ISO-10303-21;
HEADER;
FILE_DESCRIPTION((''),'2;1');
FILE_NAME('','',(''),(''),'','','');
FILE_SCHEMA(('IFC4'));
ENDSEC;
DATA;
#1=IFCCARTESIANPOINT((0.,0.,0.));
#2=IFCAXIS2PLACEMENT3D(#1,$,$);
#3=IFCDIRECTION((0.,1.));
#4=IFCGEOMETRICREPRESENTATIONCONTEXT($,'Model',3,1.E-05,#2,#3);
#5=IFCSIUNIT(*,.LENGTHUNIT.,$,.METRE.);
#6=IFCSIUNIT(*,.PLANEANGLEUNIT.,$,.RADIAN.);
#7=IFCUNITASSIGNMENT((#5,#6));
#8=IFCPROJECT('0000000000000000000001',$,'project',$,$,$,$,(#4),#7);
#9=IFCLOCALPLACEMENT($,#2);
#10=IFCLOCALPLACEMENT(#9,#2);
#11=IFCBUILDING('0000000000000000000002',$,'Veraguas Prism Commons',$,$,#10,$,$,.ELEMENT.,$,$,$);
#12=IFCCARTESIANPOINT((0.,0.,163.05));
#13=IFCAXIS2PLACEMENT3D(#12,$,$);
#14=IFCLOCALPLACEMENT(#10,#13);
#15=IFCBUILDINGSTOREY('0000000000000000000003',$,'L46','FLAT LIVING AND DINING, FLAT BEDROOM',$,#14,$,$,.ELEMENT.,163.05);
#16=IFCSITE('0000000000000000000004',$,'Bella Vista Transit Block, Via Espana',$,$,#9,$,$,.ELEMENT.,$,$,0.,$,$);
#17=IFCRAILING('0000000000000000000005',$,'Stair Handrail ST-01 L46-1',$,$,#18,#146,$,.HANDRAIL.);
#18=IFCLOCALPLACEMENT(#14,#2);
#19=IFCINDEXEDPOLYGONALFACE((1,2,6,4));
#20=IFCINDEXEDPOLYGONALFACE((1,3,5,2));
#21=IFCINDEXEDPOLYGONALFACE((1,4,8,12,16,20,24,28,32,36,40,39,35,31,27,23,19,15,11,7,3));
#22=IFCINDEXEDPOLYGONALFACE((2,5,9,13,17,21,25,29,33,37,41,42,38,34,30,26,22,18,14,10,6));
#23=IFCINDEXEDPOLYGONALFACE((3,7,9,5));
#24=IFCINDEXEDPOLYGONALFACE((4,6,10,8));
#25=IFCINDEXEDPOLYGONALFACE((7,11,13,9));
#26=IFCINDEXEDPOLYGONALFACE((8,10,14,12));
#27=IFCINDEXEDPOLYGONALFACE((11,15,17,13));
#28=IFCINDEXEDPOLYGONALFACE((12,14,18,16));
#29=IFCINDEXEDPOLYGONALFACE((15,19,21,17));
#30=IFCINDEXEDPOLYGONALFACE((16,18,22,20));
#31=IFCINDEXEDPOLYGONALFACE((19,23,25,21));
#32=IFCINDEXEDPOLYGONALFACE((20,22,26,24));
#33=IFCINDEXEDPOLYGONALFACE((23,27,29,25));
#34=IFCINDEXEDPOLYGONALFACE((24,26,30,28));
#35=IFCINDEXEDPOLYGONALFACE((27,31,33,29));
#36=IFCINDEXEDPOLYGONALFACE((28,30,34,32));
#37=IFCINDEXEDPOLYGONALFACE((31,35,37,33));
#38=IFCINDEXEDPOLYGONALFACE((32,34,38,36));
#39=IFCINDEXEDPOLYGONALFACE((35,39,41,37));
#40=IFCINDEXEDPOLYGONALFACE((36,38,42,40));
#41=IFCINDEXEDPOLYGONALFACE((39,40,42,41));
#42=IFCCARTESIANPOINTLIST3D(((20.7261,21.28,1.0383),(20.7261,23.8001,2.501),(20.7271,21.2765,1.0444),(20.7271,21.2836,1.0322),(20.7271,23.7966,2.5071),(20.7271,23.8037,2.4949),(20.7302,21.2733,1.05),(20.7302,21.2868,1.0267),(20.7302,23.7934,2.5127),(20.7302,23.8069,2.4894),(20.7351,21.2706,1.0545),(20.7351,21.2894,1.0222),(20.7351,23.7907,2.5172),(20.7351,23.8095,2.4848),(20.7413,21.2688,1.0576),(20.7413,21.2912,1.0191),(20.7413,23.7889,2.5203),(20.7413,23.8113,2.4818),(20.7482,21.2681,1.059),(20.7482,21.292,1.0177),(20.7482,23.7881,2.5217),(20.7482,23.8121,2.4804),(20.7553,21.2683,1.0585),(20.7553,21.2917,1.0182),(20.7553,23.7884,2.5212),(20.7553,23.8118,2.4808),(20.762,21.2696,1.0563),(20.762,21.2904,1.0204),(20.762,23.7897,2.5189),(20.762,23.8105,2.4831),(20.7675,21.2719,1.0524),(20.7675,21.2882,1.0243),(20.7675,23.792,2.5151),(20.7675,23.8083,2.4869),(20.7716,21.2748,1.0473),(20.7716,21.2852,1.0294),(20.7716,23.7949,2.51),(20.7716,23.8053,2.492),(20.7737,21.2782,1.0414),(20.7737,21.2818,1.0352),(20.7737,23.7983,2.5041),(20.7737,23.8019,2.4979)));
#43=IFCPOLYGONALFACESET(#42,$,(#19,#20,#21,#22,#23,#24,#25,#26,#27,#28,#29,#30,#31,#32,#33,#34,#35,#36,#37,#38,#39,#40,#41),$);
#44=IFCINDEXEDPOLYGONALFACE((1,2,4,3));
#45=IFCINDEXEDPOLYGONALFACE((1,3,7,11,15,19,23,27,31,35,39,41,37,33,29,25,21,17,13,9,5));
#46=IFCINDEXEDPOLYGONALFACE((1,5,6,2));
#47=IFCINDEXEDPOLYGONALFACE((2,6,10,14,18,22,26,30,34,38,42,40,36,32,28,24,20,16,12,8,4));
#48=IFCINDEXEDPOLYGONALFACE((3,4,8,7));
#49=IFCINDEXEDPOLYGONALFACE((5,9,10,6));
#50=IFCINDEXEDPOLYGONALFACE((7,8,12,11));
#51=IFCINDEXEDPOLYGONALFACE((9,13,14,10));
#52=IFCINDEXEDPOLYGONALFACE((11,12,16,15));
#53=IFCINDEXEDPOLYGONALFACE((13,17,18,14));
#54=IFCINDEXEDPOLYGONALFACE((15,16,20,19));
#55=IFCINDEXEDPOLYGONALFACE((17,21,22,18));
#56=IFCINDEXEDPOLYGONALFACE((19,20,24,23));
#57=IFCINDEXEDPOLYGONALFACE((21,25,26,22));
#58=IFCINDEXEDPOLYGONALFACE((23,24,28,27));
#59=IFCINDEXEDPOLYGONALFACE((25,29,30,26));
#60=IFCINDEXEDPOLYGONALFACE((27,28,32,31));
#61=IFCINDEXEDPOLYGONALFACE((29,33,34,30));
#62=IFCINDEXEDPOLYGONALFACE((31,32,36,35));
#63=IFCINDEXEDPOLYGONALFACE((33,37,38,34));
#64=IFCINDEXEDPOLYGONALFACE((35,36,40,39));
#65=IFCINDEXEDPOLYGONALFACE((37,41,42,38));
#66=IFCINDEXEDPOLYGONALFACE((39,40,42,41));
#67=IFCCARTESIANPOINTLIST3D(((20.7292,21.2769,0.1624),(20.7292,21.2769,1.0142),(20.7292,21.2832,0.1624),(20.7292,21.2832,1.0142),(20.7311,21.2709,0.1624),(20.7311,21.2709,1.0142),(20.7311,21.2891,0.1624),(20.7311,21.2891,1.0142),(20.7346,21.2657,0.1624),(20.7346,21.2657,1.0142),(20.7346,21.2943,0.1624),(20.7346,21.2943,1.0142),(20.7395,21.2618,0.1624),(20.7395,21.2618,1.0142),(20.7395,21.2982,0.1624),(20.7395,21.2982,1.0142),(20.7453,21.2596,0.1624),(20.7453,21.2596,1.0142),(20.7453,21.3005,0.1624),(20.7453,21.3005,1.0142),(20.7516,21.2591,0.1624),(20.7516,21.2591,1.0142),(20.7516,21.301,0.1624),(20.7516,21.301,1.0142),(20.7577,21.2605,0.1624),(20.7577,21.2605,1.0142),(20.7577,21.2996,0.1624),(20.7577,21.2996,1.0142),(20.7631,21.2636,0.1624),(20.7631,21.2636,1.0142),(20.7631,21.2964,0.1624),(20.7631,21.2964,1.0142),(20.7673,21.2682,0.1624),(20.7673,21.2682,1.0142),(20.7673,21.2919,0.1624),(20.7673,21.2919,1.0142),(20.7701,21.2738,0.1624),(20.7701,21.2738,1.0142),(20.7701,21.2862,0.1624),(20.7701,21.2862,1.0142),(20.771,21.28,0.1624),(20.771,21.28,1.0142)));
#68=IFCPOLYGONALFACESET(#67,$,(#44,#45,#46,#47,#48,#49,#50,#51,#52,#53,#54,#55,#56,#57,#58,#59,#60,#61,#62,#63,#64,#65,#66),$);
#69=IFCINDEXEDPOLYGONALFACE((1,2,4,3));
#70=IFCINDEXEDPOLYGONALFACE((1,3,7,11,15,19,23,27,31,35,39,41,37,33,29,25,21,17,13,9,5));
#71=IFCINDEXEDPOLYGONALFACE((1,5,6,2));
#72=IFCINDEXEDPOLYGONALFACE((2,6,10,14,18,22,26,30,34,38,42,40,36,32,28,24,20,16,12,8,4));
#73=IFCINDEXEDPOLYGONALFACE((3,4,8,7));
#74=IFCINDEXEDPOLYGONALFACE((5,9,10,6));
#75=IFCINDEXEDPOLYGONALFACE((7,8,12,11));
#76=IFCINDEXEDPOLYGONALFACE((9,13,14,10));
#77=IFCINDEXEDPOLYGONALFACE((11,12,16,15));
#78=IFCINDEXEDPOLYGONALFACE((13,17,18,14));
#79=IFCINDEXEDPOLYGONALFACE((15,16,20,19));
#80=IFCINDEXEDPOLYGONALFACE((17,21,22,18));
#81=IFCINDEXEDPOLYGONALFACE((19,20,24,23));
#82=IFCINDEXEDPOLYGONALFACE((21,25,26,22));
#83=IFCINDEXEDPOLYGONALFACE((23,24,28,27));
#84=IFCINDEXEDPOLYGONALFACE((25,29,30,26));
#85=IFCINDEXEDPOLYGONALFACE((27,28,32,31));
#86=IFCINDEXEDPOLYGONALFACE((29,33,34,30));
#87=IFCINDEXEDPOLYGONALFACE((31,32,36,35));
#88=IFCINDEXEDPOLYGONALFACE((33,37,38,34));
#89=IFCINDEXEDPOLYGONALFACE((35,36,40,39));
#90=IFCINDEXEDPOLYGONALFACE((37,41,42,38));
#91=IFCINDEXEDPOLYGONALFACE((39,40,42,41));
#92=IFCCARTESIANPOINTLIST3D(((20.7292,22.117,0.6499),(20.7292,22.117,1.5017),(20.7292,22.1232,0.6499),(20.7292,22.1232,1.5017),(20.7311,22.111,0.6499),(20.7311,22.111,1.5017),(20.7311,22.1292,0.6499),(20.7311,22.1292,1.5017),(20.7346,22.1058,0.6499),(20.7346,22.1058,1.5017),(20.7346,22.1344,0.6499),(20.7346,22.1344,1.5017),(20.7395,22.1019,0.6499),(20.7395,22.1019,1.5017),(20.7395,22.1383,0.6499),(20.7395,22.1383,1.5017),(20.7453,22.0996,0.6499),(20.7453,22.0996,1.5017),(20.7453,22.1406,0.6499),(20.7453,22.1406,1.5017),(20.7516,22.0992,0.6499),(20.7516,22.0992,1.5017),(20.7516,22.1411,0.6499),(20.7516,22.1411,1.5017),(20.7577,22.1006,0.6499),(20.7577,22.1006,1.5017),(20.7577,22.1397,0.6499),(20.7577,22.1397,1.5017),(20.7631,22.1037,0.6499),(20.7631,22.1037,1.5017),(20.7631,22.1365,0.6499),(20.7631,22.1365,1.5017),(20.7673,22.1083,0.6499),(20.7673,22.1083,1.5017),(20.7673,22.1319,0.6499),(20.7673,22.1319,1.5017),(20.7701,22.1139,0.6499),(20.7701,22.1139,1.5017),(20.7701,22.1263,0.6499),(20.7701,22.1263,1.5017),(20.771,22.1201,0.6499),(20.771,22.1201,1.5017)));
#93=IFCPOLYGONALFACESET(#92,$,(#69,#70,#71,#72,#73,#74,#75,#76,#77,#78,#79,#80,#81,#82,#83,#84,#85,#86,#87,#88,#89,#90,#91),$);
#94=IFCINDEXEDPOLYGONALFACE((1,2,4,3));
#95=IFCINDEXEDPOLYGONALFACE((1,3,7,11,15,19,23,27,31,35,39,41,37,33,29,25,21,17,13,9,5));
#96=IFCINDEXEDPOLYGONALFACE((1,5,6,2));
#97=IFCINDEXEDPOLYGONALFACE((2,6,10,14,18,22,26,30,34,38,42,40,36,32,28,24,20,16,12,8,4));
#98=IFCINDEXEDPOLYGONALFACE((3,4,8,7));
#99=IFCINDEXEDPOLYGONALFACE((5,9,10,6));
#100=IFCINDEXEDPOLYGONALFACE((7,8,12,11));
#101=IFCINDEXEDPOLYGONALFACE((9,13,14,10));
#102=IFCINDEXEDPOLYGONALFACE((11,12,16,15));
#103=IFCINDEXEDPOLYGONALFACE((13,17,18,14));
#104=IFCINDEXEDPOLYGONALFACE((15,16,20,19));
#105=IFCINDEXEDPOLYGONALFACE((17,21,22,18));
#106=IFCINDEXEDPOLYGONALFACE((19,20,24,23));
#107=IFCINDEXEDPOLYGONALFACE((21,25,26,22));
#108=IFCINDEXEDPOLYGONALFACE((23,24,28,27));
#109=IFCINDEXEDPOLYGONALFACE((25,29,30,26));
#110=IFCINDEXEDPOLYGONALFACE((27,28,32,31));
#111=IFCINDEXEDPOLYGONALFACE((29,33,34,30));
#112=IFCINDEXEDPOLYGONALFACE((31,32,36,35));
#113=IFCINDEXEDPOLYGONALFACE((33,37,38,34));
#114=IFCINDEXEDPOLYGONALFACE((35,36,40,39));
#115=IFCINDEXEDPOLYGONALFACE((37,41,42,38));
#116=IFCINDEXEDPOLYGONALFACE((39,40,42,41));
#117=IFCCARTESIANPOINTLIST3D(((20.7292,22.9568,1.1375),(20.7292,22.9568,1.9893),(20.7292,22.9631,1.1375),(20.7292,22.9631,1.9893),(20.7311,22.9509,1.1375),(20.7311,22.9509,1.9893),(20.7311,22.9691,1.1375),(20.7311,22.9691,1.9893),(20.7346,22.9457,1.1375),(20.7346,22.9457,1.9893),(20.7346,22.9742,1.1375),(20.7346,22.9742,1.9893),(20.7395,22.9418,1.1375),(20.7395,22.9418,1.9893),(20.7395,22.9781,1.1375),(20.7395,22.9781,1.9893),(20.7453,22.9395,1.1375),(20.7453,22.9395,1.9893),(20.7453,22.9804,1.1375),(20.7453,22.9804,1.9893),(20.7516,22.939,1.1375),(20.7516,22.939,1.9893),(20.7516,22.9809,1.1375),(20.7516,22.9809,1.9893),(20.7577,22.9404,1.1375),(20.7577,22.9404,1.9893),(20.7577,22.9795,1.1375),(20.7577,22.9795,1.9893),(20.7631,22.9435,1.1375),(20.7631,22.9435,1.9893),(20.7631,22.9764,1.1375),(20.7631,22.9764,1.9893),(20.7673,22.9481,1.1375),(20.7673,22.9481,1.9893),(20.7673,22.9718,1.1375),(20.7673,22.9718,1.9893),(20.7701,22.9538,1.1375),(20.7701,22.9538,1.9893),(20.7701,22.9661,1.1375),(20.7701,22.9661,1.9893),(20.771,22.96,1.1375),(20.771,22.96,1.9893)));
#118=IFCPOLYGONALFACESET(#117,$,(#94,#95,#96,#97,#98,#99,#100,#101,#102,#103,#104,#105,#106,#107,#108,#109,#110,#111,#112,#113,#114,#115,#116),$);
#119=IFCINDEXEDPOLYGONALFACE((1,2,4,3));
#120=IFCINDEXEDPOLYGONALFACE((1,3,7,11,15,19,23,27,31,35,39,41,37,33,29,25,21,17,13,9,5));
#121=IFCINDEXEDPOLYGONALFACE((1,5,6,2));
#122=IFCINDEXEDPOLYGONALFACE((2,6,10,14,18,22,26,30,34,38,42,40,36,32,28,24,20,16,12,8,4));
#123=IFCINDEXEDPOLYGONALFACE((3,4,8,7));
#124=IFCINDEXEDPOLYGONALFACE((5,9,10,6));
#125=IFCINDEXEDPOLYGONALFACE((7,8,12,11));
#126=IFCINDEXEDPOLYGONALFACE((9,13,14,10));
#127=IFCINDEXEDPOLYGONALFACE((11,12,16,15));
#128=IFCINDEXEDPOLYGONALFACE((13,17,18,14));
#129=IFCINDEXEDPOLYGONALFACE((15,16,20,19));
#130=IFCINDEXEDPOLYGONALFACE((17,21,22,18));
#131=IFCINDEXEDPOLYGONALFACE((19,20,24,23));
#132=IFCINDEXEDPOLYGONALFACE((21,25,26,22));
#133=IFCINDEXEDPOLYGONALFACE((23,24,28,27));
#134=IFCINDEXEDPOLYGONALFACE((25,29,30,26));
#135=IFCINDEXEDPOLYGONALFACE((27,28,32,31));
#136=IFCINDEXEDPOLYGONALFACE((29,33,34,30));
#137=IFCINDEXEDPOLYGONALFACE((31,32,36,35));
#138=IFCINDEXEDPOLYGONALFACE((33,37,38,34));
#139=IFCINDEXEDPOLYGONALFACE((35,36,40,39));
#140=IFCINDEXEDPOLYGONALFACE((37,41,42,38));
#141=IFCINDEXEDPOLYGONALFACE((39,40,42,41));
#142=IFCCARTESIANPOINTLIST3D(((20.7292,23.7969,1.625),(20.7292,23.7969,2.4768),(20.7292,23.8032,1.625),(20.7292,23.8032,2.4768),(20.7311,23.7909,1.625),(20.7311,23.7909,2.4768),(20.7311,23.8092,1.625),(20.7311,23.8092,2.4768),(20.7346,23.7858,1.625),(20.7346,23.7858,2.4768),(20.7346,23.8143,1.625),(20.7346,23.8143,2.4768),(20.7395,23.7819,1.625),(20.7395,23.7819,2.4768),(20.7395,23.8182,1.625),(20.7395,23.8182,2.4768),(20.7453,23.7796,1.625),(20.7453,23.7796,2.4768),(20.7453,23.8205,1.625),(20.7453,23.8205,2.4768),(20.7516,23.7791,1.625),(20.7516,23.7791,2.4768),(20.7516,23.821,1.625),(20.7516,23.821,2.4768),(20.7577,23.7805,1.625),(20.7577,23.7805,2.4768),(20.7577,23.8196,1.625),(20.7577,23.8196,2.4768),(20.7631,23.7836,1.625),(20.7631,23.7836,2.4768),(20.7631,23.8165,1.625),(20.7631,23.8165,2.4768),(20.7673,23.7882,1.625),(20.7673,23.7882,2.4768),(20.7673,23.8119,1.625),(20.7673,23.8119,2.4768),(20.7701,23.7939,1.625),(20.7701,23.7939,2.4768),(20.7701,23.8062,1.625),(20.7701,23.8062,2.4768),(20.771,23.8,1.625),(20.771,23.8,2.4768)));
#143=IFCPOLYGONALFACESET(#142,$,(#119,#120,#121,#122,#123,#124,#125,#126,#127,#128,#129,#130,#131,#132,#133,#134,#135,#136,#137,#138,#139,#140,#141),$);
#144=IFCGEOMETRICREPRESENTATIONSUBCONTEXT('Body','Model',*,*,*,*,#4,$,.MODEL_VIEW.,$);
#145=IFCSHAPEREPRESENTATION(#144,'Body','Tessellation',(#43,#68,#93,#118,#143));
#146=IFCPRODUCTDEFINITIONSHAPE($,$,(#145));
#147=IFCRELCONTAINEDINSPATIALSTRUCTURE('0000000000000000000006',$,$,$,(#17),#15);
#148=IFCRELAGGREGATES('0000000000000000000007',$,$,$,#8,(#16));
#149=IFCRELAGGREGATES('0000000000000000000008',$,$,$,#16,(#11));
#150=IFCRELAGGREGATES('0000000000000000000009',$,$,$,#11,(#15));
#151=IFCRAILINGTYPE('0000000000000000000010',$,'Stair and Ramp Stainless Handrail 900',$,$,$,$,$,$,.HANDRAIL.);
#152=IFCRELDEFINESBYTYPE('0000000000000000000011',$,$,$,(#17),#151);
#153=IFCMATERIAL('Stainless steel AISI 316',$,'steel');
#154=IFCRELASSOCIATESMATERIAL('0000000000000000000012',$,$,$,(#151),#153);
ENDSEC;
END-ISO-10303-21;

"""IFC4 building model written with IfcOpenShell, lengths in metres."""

from ifc_helpers import new_model, si_unit, direction, frame, origin, origin_2d, place, context, subcontext, project, spatial, circle, extrude, material, type_object, element, save


model = new_model("IFC4")

# Units and contexts
model_context = context("Model", 3, precision=1e-05, world=origin(), true_north=direction((0.0, 1.0)))
body_context = subcontext(model_context, "Body", "Model", "MODEL_VIEW")
ifc_project = project(units=[si_unit("LENGTHUNIT", "METRE"), si_unit("PLANEANGLEUNIT", "RADIAN")], contexts=[model_context])

# Site, building, storey
site_placement = place(None, origin())
site = spatial("IfcSite", under=ifc_project, at=site_placement, Name="Bella Vista Transit Block, Via Espana", CompositionType="ELEMENT", RefElevation=0.0)
building_placement = place(site_placement, origin())
building = spatial("IfcBuilding", under=site, at=building_placement, Name="Veraguas Prism Commons", CompositionType="ELEMENT")
storey_placement = place(building_placement, frame((0.0, 0.0, 163.05)))
storey = spatial("IfcBuildingStorey", under=building, at=storey_placement, Name="L46", Description="FLAT LIVING AND DINING, FLAT BEDROOM", CompositionType="ELEMENT", Elevation=163.05)

# Railing
ifc_material_1 = material(Name="Stainless steel AISI 316", Category="steel")
railing_type_1 = type_object("IfcRailingType", Name="Stair and Ramp Stainless Handrail 900", PredefinedType="HANDRAIL", material=ifc_material_1)
railing_1_placement = place(storey_placement, frame((20.75, 21.28, 0.1624)))
element("IfcRailing", 1, at=railing_1_placement, inside=storey, type_object=railing_type_1, Name="Stair Handrail ST-01 L46-1", PredefinedType="HANDRAIL", context=body_context, shape_type="SweptSolid", body=[
    extrude(circle(Radius=0.0239, at=origin_2d()), frame((0.0, 0.0, 0.876), z_axis=(0.0, 0.864877, 0.501984), x_axis=(-1.0, 0.0, 0.0)), (0.0, 0.0, 1.0), 2.9138),
    extrude(circle(Radius=0.021, at=origin_2d()), origin(), (0.0, 0.0, 1.0), 0.8518),
    extrude(circle(Radius=0.021, at=origin_2d()), frame((0.0, 0.8401, 0.4875)), (0.0, 0.0, 1.0), 0.8518),
    extrude(circle(Radius=0.021, at=origin_2d()), frame((0.0, 1.6799, 0.9751)), (0.0, 0.0, 1.0), 0.8518),
    extrude(circle(Radius=0.021, at=origin_2d()), frame((0.0, 2.52, 1.4626)), (0.0, 0.0, 1.0), 0.8518),
])

save(model, "model.ifc")
